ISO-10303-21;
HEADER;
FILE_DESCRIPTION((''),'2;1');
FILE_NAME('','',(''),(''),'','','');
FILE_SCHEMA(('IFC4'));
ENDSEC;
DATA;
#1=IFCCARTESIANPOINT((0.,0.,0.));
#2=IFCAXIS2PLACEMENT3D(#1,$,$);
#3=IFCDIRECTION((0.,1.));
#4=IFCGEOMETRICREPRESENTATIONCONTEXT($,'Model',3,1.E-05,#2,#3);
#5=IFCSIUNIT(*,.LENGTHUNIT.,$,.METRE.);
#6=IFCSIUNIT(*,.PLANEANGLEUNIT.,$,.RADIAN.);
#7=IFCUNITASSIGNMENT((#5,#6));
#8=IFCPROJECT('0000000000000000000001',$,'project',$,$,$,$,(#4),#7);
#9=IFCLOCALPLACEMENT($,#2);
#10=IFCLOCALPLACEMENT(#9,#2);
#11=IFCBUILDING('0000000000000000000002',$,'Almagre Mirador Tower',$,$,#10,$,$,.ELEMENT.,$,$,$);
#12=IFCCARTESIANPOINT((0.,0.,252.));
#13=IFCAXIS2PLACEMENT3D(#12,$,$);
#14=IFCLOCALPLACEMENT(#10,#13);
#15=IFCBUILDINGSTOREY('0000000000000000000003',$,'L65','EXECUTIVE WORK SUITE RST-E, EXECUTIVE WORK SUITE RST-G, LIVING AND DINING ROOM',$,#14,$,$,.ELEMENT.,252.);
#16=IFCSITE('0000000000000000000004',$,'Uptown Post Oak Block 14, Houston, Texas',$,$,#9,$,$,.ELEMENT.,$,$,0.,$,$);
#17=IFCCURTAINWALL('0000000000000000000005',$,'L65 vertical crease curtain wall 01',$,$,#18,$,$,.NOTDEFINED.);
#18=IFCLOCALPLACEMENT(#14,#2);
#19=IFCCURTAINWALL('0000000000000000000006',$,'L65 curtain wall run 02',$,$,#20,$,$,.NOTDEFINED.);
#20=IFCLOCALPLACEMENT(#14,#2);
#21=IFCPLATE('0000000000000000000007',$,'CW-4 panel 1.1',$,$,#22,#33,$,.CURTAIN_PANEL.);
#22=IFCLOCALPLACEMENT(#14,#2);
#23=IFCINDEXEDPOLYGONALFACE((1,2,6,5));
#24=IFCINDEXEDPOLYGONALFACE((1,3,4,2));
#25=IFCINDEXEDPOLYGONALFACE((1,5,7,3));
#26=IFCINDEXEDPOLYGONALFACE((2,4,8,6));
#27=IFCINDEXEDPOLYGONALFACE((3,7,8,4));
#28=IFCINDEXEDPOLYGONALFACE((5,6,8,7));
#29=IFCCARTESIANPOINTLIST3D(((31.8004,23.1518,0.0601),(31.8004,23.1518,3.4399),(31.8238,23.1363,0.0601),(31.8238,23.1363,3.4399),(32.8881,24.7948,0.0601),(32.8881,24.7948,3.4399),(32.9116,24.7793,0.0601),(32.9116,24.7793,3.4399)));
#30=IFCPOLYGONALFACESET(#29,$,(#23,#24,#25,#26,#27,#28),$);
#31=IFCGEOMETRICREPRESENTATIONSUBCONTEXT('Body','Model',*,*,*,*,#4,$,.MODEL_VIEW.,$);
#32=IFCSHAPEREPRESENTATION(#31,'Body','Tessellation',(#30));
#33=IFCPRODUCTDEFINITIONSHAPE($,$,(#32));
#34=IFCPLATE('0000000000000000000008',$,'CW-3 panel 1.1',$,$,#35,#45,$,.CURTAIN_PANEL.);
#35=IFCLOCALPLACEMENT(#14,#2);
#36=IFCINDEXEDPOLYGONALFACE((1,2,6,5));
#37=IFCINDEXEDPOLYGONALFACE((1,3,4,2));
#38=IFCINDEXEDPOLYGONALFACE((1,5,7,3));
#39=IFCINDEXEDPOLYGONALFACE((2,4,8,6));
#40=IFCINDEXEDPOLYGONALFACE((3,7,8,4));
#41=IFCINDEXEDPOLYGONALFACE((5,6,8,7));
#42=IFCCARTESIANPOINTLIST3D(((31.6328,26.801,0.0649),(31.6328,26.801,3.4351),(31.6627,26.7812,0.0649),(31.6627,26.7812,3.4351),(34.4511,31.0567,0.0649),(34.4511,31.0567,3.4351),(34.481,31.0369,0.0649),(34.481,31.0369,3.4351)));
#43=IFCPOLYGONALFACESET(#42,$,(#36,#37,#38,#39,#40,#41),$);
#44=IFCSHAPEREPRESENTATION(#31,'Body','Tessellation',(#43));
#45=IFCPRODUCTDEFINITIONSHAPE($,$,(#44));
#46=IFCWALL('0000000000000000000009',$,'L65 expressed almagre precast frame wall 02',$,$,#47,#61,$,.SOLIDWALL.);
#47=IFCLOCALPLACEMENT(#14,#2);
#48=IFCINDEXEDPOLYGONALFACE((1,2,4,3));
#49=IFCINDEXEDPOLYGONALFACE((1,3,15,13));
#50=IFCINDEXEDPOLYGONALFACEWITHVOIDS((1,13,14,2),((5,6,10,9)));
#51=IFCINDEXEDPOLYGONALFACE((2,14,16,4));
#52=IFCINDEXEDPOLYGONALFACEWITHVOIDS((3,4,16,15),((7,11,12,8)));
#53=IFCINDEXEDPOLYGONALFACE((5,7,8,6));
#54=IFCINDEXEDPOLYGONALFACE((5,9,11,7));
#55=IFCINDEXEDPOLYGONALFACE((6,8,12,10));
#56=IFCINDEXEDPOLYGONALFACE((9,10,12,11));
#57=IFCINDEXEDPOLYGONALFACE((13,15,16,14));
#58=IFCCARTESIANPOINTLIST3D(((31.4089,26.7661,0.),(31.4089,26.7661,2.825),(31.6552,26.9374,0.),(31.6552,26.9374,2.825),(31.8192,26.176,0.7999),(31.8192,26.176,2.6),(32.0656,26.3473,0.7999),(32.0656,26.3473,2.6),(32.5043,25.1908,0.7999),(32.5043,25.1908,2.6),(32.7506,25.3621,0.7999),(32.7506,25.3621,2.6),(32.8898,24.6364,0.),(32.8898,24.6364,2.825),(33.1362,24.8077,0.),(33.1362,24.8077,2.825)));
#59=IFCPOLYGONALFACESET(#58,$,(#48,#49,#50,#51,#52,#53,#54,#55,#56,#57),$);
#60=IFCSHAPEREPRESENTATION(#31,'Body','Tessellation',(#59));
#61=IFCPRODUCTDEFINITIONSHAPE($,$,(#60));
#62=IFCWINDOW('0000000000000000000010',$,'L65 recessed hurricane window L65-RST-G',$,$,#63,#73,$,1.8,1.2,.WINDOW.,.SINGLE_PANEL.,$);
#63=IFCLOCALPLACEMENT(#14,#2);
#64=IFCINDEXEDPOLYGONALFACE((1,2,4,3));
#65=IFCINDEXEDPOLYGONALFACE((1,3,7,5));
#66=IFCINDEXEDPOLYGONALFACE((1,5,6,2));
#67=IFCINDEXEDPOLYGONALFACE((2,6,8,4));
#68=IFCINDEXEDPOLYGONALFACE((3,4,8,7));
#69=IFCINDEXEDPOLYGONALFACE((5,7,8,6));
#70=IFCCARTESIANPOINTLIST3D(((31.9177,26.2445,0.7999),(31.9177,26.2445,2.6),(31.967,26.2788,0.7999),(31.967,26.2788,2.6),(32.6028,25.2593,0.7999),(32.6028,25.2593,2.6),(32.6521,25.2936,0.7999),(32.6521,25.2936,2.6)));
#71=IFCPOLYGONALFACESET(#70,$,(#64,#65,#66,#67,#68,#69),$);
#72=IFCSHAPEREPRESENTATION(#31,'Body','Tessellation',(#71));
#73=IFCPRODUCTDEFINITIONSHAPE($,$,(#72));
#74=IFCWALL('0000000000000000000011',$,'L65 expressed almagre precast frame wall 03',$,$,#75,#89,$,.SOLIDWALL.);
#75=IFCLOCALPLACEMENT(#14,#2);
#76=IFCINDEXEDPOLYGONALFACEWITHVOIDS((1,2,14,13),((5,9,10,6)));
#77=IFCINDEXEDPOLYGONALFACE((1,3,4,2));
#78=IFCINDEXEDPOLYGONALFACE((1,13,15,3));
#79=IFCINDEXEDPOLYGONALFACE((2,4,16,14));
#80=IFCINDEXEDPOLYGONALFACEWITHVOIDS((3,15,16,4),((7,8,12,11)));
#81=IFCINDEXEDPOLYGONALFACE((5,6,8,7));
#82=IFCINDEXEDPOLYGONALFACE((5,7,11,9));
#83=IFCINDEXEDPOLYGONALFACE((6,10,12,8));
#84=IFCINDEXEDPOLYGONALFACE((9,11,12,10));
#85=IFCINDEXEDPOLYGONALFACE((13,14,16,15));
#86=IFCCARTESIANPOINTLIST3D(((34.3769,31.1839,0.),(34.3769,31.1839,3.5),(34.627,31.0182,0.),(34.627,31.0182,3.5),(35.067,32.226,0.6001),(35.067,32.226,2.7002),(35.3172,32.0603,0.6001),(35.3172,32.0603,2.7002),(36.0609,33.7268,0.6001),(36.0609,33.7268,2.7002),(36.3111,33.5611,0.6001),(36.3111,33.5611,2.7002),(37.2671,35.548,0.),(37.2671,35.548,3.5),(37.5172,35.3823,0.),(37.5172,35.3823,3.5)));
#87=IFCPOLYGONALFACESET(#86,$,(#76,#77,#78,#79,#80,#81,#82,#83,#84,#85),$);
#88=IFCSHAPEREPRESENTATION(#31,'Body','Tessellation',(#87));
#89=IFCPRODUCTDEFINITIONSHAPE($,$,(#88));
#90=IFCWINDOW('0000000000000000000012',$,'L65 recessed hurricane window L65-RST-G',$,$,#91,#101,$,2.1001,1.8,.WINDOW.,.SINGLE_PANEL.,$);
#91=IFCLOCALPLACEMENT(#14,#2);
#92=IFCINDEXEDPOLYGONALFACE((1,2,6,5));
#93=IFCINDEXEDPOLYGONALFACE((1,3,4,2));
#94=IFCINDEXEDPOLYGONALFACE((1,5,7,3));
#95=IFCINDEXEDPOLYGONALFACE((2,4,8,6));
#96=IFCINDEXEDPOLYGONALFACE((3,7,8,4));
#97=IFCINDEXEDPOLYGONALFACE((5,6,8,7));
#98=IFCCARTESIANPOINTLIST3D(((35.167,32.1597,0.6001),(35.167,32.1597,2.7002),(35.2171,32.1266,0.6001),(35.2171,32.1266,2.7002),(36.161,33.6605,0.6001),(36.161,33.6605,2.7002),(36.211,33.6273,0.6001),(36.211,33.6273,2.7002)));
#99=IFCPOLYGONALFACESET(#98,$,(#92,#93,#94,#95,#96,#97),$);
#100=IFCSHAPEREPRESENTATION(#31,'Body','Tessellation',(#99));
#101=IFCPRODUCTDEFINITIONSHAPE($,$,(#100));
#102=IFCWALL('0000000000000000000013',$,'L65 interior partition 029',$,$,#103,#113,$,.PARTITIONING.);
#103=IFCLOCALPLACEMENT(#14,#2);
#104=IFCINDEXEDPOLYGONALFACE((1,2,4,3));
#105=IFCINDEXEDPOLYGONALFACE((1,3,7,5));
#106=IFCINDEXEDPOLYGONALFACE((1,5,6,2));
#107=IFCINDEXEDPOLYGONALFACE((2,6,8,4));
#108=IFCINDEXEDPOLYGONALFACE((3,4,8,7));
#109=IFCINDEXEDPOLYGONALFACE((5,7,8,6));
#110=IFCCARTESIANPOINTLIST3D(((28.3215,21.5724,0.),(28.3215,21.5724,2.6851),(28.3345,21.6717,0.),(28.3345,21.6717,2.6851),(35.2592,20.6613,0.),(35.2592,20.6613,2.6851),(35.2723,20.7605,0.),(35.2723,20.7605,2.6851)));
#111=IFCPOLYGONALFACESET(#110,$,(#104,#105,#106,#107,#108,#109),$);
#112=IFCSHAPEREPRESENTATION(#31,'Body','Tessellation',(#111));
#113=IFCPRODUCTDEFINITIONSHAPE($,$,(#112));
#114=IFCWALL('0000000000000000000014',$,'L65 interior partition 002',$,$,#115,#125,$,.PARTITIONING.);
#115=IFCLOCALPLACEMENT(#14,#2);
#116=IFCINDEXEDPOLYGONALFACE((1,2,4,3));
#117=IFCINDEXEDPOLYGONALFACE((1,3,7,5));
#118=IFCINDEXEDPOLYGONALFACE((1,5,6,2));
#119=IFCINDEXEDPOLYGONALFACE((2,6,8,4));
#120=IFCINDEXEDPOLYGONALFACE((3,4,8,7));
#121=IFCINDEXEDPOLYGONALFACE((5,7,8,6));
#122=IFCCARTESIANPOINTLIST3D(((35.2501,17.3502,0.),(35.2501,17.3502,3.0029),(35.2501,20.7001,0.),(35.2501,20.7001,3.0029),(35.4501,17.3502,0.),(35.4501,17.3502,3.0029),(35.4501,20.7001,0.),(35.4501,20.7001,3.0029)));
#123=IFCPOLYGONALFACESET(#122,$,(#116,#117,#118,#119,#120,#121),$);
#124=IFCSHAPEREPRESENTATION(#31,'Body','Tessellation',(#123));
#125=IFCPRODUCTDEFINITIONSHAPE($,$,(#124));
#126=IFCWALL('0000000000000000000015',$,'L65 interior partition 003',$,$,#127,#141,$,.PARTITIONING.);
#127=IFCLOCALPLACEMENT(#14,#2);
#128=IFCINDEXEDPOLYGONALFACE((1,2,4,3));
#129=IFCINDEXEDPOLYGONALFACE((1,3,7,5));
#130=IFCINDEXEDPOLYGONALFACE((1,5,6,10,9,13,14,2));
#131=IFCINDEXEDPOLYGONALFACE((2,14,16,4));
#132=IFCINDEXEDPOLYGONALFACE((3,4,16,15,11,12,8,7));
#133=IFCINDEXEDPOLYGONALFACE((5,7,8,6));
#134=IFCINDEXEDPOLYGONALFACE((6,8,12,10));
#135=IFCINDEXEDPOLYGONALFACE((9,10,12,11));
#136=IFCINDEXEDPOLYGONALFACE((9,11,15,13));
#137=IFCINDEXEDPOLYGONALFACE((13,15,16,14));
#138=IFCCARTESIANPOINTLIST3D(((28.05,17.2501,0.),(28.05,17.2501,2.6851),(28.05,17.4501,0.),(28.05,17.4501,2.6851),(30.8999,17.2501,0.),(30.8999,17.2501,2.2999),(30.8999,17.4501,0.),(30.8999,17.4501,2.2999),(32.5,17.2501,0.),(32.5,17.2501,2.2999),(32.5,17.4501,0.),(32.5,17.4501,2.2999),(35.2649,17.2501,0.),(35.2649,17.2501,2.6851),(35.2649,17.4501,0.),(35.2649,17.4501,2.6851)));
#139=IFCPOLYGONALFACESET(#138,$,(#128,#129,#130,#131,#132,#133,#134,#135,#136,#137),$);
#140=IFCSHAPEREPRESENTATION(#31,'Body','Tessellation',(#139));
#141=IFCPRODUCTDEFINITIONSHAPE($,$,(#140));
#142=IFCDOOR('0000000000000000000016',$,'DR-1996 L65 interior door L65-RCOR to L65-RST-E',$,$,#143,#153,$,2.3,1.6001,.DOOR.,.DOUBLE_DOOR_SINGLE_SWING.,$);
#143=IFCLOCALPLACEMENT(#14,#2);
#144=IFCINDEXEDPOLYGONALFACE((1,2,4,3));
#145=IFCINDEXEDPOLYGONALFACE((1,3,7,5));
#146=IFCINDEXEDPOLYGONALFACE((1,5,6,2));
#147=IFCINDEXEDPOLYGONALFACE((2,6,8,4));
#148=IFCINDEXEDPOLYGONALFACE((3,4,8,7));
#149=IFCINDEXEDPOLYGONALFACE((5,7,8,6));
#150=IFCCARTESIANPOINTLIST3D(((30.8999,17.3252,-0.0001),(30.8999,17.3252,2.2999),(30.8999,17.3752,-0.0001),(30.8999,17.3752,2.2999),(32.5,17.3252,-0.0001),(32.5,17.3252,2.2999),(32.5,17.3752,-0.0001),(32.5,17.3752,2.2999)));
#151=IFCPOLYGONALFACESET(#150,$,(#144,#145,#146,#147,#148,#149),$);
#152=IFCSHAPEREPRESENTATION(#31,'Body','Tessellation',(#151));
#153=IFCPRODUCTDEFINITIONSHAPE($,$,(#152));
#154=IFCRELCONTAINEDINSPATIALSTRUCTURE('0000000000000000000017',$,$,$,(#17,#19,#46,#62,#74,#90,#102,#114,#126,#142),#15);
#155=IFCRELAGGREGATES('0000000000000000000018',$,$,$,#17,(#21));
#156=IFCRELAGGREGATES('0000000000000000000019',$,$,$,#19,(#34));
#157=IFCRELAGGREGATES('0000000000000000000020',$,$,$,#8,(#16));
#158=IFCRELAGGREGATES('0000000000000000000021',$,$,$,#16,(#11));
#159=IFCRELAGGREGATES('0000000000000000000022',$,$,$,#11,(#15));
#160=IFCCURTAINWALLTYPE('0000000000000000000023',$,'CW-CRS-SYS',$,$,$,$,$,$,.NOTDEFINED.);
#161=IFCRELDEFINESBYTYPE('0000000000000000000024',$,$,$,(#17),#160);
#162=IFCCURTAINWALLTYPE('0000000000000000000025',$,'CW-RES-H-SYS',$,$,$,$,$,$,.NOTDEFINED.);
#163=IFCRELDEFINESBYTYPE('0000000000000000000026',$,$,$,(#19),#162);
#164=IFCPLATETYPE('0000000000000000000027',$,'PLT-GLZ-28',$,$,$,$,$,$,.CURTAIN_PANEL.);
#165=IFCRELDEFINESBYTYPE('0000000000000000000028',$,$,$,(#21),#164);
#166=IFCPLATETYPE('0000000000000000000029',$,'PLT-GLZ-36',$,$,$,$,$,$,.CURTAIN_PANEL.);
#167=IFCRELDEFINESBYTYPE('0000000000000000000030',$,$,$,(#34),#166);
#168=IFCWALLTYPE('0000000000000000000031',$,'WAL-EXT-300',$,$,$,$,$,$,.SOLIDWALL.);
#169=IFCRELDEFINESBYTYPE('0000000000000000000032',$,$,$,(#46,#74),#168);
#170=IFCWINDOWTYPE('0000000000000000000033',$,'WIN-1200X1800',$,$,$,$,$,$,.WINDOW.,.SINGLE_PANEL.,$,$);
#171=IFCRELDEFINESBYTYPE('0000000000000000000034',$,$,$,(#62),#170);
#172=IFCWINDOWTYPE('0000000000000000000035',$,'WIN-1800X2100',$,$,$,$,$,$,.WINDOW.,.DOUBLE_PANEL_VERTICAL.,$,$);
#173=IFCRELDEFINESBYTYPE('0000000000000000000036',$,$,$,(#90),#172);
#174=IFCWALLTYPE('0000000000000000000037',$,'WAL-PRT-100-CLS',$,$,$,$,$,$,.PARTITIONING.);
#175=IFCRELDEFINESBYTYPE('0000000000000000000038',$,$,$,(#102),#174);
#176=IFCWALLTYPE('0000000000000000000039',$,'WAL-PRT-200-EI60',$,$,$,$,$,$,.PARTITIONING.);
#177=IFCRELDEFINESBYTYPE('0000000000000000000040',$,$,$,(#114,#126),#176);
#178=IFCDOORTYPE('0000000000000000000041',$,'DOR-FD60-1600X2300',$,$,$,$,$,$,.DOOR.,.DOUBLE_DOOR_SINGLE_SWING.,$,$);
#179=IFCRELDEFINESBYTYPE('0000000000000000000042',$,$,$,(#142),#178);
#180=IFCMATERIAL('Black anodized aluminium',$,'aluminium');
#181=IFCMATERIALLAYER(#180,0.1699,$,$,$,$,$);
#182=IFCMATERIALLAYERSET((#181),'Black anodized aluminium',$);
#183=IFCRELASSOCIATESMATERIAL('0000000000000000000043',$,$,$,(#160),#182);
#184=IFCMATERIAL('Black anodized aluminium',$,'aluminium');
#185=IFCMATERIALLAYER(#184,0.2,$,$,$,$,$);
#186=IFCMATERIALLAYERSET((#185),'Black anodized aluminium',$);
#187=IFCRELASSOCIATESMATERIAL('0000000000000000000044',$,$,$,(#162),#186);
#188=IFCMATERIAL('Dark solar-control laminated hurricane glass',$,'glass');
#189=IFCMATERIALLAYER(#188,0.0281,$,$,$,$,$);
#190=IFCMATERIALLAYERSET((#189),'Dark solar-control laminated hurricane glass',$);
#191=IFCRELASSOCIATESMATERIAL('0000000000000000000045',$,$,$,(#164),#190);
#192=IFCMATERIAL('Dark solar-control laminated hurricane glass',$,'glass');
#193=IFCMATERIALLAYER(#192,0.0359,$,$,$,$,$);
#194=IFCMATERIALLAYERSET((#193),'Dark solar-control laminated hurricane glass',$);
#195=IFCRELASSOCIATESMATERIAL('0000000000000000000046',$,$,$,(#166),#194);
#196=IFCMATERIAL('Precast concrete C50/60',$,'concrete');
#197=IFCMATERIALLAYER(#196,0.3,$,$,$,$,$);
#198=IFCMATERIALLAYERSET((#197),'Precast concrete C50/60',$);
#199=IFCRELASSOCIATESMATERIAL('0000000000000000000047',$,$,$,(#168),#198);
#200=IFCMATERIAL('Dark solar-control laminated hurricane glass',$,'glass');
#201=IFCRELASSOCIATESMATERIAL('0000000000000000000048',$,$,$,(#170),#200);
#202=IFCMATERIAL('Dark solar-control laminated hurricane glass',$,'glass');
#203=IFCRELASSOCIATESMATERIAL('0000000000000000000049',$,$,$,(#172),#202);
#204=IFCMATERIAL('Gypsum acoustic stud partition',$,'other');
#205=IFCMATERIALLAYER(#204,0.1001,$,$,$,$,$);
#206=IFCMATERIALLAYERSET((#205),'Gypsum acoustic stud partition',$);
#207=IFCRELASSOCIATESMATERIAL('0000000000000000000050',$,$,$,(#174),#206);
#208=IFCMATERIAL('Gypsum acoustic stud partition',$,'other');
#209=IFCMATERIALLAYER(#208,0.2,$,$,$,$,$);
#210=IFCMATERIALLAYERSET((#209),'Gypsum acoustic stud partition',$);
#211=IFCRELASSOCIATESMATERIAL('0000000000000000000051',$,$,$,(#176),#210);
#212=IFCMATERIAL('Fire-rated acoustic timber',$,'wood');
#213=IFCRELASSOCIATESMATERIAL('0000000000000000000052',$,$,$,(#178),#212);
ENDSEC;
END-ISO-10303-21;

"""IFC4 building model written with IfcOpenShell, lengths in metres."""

from ifc_helpers import new_model, si_unit, direction, frame, frame_2d, origin, origin_2d, place, context, subcontext, project, spatial, rectangle, extrude, material, layer, layer_set, type_object, element, fill, aggregate, save


model = new_model("IFC4")

# Units and contexts
model_context = context("Model", 3, precision=1e-05, world=origin(), true_north=direction((0.0, 1.0)))
body_context = subcontext(model_context, "Body", "Model", "MODEL_VIEW")
ifc_project = project(units=[si_unit("LENGTHUNIT", "METRE"), si_unit("PLANEANGLEUNIT", "RADIAN")], contexts=[model_context])

# Site, building, storey
site_placement = place(None, origin())
site = spatial("IfcSite", under=ifc_project, at=site_placement, Name="Uptown Post Oak Block 14, Houston, Texas", CompositionType="ELEMENT", RefElevation=0.0)
building_placement = place(site_placement, origin())
building = spatial("IfcBuilding", under=site, at=building_placement, Name="Almagre Mirador Tower", CompositionType="ELEMENT")
storey_placement = place(building_placement, frame((0.0, 0.0, 252.0)))
storey = spatial("IfcBuildingStorey", under=building, at=storey_placement, Name="L65", Description="EXECUTIVE WORK SUITE RST-E, EXECUTIVE WORK SUITE RST-G, LIVING AND DINING ROOM", CompositionType="ELEMENT", Elevation=252.0)

# Curtain walls
ifc_material_1 = material(Name="Black anodized aluminium", Category="aluminium")
ifc_layer_1 = layer(ifc_material_1, 0.1699)
ifc_layer_set_1 = layer_set([ifc_layer_1], Name="Black anodized aluminium")
curtain_wall_type_1 = type_object("IfcCurtainWallType", Name="CW-CRS-SYS", PredefinedType="NOTDEFINED", material=ifc_layer_set_1)
curtain_wall_1_placement = place(storey_placement, origin())
curtain_wall_1 = element("IfcCurtainWall", 1, at=curtain_wall_1_placement, inside=storey, type_object=curtain_wall_type_1, Name="L65 vertical crease curtain wall 01", PredefinedType="NOTDEFINED")
ifc_material_2 = material(Name="Black anodized aluminium", Category="aluminium")
ifc_layer_2 = layer(ifc_material_2, 0.2)
ifc_layer_set_2 = layer_set([ifc_layer_2], Name="Black anodized aluminium")
curtain_wall_type_2 = type_object("IfcCurtainWallType", Name="CW-RES-H-SYS", PredefinedType="NOTDEFINED", material=ifc_layer_set_2)
curtain_wall_2_placement = place(storey_placement, origin())
curtain_wall_2 = element("IfcCurtainWall", 2, at=curtain_wall_2_placement, inside=storey, type_object=curtain_wall_type_2, Name="L65 curtain wall run 02", PredefinedType="NOTDEFINED")

# Plates
ifc_material_3 = material(Name="Dark solar-control laminated hurricane glass", Category="glass")
ifc_layer_3 = layer(ifc_material_3, 0.0281)
ifc_layer_set_3 = layer_set([ifc_layer_3], Name="Dark solar-control laminated hurricane glass")
plate_type_1 = type_object("IfcPlateType", Name="PLT-GLZ-28", PredefinedType="CURTAIN_PANEL", material=ifc_layer_set_3)
plate_1_placement = place(storey_placement, frame((32.356, 23.9656, 0.0601), z_axis=(0.0, 0.0, 1.0), x_axis=(0.552048, 0.833812, 0.0)))
plate_1 = element("IfcPlate", 3, at=plate_1_placement, type_object=plate_type_1, Name="CW-4 panel 1.1", PredefinedType="CURTAIN_PANEL", context=body_context, shape_type="SweptSolid", body=[
    extrude(rectangle(XDim=1.9705, YDim=0.0281, at=origin_2d()), origin(), (0.0, 0.0, 1.0), 3.3799),
])
aggregate(curtain_wall_1, [plate_1])
ifc_material_4 = material(Name="Dark solar-control laminated hurricane glass", Category="glass")
ifc_layer_4 = layer(ifc_material_4, 0.0359)
ifc_layer_set_4 = layer_set([ifc_layer_4], Name="Dark solar-control laminated hurricane glass")
plate_type_2 = type_object("IfcPlateType", Name="PLT-GLZ-36", PredefinedType="CURTAIN_PANEL", material=ifc_layer_set_4)
plate_2_placement = place(storey_placement, frame((33.0569, 28.9189, 0.0649), z_axis=(0.0, 0.0, 1.0), x_axis=(0.55214, 0.833751, 0.0)))
plate_2 = element("IfcPlate", 4, at=plate_2_placement, type_object=plate_type_2, Name="CW-3 panel 1.1", PredefinedType="CURTAIN_PANEL", context=body_context, shape_type="SweptSolid", body=[
    extrude(rectangle(XDim=5.1042, YDim=0.0359, at=origin_2d()), origin(), (0.0, 0.0, 1.0), 3.3701),
])
aggregate(curtain_wall_2, [plate_2])

# Walls, openings, windows
ifc_material_5 = material(Name="Precast concrete C50/60", Category="concrete")
ifc_layer_5 = layer(ifc_material_5, 0.3)
ifc_layer_set_5 = layer_set([ifc_layer_5], Name="Precast concrete C50/60")
wall_type_1 = type_object("IfcWallType", Name="WAL-EXT-300", PredefinedType="SOLIDWALL", material=ifc_layer_set_5)
wall_1_placement = place(storey_placement, frame((33.0129, 24.7222, 0.0), z_axis=(0.0, 0.0, 1.0), x_axis=(-0.570927, 0.821001, 0.0)))
wall_1 = element("IfcWall", 5, at=wall_1_placement, inside=storey, type_object=wall_type_1, Name="L65 expressed almagre precast frame wall 02", PredefinedType="SOLIDWALL", context=body_context, shape_type="SweptSolid", body=[
    extrude(rectangle(XDim=2.594, YDim=0.3, at=frame_2d((1.2969, 0.0))), origin(), (0.0, 0.0, 1.0), 2.825),
])
opening_1_placement = place(wall_1_placement, frame((0.675, 0.0, 0.8)))
opening_1 = element("IfcOpeningElement", 6, at=opening_1_placement, cuts=wall_1, PredefinedType="OPENING", context=body_context, shape_type="SweptSolid", body=[
    extrude(rectangle(XDim=1.2, YDim=1.8, at=frame_2d((0.6001, 0.8999))), frame((0.0, 0.1599, 0.0), z_axis=(0.0, -1.0, 0.0), x_axis=(1.0, 0.0, 0.0)), (0.0, 0.0, 1.0), 0.32),
])
ifc_material_6 = material(Name="Dark solar-control laminated hurricane glass", Category="glass")
window_type_1 = type_object("IfcWindowType", Name="WIN-1200X1800", PartitioningType="SINGLE_PANEL", PredefinedType="WINDOW", material=ifc_material_6)
window_1_placement = place(opening_1_placement, origin())
window_1 = element("IfcWindow", 7, at=window_1_placement, inside=storey, type_object=window_type_1, Name="L65 recessed hurricane window L65-RST-G", OverallHeight=1.8, OverallWidth=1.2, PartitioningType="SINGLE_PANEL", PredefinedType="WINDOW", context=body_context, shape_type="SweptSolid", body=[
    extrude(rectangle(XDim=1.2, YDim=1.8, at=frame_2d((0.6001, 0.8999))), frame((0.0, 0.03, 0.0), z_axis=(0.0, -1.0, 0.0), x_axis=(1.0, 0.0, 0.0)), (0.0, 0.0, 1.0), 0.0601),
])
fill(opening_1, window_1)
wall_2_placement = place(storey_placement, frame((34.502, 31.1011, 0.0), z_axis=(0.0, 0.0, 1.0), x_axis=(0.552157, 0.83374, 0.0)))
wall_2 = element("IfcWall", 8, at=wall_2_placement, inside=storey, type_object=wall_type_1, Name="L65 expressed almagre precast frame wall 03", PredefinedType="SOLIDWALL", context=body_context, shape_type="SweptSolid", body=[
    extrude(rectangle(XDim=5.2344, YDim=0.3, at=frame_2d((2.6172, 0.0))), origin(), (0.0, 0.0, 1.0), 3.5),
])
opening_2_placement = place(wall_2_placement, frame((1.25, 0.0, 0.6001)))
opening_2 = element("IfcOpeningElement", 9, at=opening_2_placement, cuts=wall_2, PredefinedType="OPENING", context=body_context, shape_type="SweptSolid", body=[
    extrude(rectangle(XDim=1.8, YDim=2.1001, at=frame_2d((0.8999, 1.05))), frame((0.0, 0.1599, 0.0), z_axis=(0.0, -1.0, 0.0), x_axis=(1.0, 0.0, 0.0)), (0.0, 0.0, 1.0), 0.32),
])
ifc_material_7 = material(Name="Dark solar-control laminated hurricane glass", Category="glass")
window_type_2 = type_object("IfcWindowType", Name="WIN-1800X2100", PartitioningType="DOUBLE_PANEL_VERTICAL", PredefinedType="WINDOW", material=ifc_material_7)
window_2_placement = place(opening_2_placement, origin())
window_2 = element("IfcWindow", 10, at=window_2_placement, inside=storey, type_object=window_type_2, Name="L65 recessed hurricane window L65-RST-G", OverallHeight=2.1001, OverallWidth=1.8, PartitioningType="SINGLE_PANEL", PredefinedType="WINDOW", context=body_context, shape_type="SweptSolid", body=[
    extrude(rectangle(XDim=1.8, YDim=2.1001, at=frame_2d((0.8999, 1.05))), frame((0.0, 0.03, 0.0), z_axis=(0.0, -1.0, 0.0), x_axis=(1.0, 0.0, 0.0)), (0.0, 0.0, 1.0), 0.0601),
])
fill(opening_2, window_2)

# Walls
ifc_material_8 = material(Name="Gypsum acoustic stud partition", Category="other")
ifc_layer_6 = layer(ifc_material_8, 0.1001)
ifc_layer_set_6 = layer_set([ifc_layer_6], Name="Gypsum acoustic stud partition")
wall_type_2 = type_object("IfcWallType", Name="WAL-PRT-100-CLS", PredefinedType="PARTITIONING", material=ifc_layer_set_6)
wall_3_placement = place(storey_placement, frame((35.2656, 20.7109, 0.0), z_axis=(0.0, 0.0, 1.0), x_axis=(-0.991486, 0.130212, 0.0)))
element("IfcWall", 11, at=wall_3_placement, inside=storey, type_object=wall_type_2, Name="L65 interior partition 029", PredefinedType="PARTITIONING", context=body_context, shape_type="SweptSolid", body=[
    extrude(rectangle(XDim=6.9973, YDim=0.1001, at=frame_2d((3.4985, 0.0))), origin(), (0.0, 0.0, 1.0), 2.6851),
])
ifc_material_9 = material(Name="Gypsum acoustic stud partition", Category="other")
ifc_layer_7 = layer(ifc_material_9, 0.2)
ifc_layer_set_7 = layer_set([ifc_layer_7], Name="Gypsum acoustic stud partition")
wall_type_3 = type_object("IfcWallType", Name="WAL-PRT-200-EI60", PredefinedType="PARTITIONING", material=ifc_layer_set_7)
wall_4_placement = place(storey_placement, frame((35.3501, 20.7, 0.0), z_axis=(0.0, 0.0, 1.0), x_axis=(0.0, -1.0, 0.0)))
element("IfcWall", 12, at=wall_4_placement, inside=storey, type_object=wall_type_3, Name="L65 interior partition 002", PredefinedType="PARTITIONING", context=body_context, shape_type="SweptSolid", body=[
    extrude(rectangle(XDim=3.3499, YDim=0.2, at=frame_2d((1.6748, 0.0))), origin(), (0.0, 0.0, 1.0), 3.0029),
])

# Wall, opening, door
wall_5_placement = place(storey_placement, frame((35.2649, 17.3501, 0.0), z_axis=(0.0, 0.0, 1.0), x_axis=(-1.0, 0.0, 0.0)))
wall_5 = element("IfcWall", 13, at=wall_5_placement, inside=storey, type_object=wall_type_3, Name="L65 interior partition 003", PredefinedType="PARTITIONING", context=body_context, shape_type="SweptSolid", body=[
    extrude(rectangle(XDim=7.2148, YDim=0.2, at=frame_2d((3.6074, 0.0))), origin(), (0.0, 0.0, 1.0), 2.6851),
])
opening_3_placement = place(wall_5_placement, frame((2.7649, 0.0, 0.0)))
opening_3 = element("IfcOpeningElement", 14, at=opening_3_placement, cuts=wall_5, PredefinedType="OPENING", context=body_context, shape_type="SweptSolid", body=[
    extrude(rectangle(XDim=1.6001, YDim=2.3, at=frame_2d((0.8, 1.1499))), frame((0.0, 0.1101, 0.0), z_axis=(0.0, -1.0, 0.0), x_axis=(1.0, 0.0, 0.0)), (0.0, 0.0, 1.0), 0.22),
])
ifc_material_10 = material(Name="Fire-rated acoustic timber", Category="wood")
door_type = type_object("IfcDoorType", Name="DOR-FD60-1600X2300", OperationType="DOUBLE_DOOR_SINGLE_SWING", PredefinedType="DOOR", material=ifc_material_10)
door_1_placement = place(opening_3_placement, origin())
door_1 = element("IfcDoor", 15, at=door_1_placement, inside=storey, type_object=door_type, Name="DR-1996 L65 interior door L65-RCOR to L65-RST-E", OperationType="DOUBLE_DOOR_SINGLE_SWING", OverallHeight=2.3, OverallWidth=1.6001, PredefinedType="DOOR", context=body_context, shape_type="SweptSolid", body=[
    extrude(rectangle(XDim=1.6001, YDim=2.3, at=frame_2d((0.8, 1.1499))), frame((0.0, 0.0249, 0.0), z_axis=(0.0, -1.0, 0.0), x_axis=(1.0, 0.0, 0.0)), (0.0, 0.0, 1.0), 0.05),
])
fill(opening_3, door_1)

save(model, "model.ifc")
